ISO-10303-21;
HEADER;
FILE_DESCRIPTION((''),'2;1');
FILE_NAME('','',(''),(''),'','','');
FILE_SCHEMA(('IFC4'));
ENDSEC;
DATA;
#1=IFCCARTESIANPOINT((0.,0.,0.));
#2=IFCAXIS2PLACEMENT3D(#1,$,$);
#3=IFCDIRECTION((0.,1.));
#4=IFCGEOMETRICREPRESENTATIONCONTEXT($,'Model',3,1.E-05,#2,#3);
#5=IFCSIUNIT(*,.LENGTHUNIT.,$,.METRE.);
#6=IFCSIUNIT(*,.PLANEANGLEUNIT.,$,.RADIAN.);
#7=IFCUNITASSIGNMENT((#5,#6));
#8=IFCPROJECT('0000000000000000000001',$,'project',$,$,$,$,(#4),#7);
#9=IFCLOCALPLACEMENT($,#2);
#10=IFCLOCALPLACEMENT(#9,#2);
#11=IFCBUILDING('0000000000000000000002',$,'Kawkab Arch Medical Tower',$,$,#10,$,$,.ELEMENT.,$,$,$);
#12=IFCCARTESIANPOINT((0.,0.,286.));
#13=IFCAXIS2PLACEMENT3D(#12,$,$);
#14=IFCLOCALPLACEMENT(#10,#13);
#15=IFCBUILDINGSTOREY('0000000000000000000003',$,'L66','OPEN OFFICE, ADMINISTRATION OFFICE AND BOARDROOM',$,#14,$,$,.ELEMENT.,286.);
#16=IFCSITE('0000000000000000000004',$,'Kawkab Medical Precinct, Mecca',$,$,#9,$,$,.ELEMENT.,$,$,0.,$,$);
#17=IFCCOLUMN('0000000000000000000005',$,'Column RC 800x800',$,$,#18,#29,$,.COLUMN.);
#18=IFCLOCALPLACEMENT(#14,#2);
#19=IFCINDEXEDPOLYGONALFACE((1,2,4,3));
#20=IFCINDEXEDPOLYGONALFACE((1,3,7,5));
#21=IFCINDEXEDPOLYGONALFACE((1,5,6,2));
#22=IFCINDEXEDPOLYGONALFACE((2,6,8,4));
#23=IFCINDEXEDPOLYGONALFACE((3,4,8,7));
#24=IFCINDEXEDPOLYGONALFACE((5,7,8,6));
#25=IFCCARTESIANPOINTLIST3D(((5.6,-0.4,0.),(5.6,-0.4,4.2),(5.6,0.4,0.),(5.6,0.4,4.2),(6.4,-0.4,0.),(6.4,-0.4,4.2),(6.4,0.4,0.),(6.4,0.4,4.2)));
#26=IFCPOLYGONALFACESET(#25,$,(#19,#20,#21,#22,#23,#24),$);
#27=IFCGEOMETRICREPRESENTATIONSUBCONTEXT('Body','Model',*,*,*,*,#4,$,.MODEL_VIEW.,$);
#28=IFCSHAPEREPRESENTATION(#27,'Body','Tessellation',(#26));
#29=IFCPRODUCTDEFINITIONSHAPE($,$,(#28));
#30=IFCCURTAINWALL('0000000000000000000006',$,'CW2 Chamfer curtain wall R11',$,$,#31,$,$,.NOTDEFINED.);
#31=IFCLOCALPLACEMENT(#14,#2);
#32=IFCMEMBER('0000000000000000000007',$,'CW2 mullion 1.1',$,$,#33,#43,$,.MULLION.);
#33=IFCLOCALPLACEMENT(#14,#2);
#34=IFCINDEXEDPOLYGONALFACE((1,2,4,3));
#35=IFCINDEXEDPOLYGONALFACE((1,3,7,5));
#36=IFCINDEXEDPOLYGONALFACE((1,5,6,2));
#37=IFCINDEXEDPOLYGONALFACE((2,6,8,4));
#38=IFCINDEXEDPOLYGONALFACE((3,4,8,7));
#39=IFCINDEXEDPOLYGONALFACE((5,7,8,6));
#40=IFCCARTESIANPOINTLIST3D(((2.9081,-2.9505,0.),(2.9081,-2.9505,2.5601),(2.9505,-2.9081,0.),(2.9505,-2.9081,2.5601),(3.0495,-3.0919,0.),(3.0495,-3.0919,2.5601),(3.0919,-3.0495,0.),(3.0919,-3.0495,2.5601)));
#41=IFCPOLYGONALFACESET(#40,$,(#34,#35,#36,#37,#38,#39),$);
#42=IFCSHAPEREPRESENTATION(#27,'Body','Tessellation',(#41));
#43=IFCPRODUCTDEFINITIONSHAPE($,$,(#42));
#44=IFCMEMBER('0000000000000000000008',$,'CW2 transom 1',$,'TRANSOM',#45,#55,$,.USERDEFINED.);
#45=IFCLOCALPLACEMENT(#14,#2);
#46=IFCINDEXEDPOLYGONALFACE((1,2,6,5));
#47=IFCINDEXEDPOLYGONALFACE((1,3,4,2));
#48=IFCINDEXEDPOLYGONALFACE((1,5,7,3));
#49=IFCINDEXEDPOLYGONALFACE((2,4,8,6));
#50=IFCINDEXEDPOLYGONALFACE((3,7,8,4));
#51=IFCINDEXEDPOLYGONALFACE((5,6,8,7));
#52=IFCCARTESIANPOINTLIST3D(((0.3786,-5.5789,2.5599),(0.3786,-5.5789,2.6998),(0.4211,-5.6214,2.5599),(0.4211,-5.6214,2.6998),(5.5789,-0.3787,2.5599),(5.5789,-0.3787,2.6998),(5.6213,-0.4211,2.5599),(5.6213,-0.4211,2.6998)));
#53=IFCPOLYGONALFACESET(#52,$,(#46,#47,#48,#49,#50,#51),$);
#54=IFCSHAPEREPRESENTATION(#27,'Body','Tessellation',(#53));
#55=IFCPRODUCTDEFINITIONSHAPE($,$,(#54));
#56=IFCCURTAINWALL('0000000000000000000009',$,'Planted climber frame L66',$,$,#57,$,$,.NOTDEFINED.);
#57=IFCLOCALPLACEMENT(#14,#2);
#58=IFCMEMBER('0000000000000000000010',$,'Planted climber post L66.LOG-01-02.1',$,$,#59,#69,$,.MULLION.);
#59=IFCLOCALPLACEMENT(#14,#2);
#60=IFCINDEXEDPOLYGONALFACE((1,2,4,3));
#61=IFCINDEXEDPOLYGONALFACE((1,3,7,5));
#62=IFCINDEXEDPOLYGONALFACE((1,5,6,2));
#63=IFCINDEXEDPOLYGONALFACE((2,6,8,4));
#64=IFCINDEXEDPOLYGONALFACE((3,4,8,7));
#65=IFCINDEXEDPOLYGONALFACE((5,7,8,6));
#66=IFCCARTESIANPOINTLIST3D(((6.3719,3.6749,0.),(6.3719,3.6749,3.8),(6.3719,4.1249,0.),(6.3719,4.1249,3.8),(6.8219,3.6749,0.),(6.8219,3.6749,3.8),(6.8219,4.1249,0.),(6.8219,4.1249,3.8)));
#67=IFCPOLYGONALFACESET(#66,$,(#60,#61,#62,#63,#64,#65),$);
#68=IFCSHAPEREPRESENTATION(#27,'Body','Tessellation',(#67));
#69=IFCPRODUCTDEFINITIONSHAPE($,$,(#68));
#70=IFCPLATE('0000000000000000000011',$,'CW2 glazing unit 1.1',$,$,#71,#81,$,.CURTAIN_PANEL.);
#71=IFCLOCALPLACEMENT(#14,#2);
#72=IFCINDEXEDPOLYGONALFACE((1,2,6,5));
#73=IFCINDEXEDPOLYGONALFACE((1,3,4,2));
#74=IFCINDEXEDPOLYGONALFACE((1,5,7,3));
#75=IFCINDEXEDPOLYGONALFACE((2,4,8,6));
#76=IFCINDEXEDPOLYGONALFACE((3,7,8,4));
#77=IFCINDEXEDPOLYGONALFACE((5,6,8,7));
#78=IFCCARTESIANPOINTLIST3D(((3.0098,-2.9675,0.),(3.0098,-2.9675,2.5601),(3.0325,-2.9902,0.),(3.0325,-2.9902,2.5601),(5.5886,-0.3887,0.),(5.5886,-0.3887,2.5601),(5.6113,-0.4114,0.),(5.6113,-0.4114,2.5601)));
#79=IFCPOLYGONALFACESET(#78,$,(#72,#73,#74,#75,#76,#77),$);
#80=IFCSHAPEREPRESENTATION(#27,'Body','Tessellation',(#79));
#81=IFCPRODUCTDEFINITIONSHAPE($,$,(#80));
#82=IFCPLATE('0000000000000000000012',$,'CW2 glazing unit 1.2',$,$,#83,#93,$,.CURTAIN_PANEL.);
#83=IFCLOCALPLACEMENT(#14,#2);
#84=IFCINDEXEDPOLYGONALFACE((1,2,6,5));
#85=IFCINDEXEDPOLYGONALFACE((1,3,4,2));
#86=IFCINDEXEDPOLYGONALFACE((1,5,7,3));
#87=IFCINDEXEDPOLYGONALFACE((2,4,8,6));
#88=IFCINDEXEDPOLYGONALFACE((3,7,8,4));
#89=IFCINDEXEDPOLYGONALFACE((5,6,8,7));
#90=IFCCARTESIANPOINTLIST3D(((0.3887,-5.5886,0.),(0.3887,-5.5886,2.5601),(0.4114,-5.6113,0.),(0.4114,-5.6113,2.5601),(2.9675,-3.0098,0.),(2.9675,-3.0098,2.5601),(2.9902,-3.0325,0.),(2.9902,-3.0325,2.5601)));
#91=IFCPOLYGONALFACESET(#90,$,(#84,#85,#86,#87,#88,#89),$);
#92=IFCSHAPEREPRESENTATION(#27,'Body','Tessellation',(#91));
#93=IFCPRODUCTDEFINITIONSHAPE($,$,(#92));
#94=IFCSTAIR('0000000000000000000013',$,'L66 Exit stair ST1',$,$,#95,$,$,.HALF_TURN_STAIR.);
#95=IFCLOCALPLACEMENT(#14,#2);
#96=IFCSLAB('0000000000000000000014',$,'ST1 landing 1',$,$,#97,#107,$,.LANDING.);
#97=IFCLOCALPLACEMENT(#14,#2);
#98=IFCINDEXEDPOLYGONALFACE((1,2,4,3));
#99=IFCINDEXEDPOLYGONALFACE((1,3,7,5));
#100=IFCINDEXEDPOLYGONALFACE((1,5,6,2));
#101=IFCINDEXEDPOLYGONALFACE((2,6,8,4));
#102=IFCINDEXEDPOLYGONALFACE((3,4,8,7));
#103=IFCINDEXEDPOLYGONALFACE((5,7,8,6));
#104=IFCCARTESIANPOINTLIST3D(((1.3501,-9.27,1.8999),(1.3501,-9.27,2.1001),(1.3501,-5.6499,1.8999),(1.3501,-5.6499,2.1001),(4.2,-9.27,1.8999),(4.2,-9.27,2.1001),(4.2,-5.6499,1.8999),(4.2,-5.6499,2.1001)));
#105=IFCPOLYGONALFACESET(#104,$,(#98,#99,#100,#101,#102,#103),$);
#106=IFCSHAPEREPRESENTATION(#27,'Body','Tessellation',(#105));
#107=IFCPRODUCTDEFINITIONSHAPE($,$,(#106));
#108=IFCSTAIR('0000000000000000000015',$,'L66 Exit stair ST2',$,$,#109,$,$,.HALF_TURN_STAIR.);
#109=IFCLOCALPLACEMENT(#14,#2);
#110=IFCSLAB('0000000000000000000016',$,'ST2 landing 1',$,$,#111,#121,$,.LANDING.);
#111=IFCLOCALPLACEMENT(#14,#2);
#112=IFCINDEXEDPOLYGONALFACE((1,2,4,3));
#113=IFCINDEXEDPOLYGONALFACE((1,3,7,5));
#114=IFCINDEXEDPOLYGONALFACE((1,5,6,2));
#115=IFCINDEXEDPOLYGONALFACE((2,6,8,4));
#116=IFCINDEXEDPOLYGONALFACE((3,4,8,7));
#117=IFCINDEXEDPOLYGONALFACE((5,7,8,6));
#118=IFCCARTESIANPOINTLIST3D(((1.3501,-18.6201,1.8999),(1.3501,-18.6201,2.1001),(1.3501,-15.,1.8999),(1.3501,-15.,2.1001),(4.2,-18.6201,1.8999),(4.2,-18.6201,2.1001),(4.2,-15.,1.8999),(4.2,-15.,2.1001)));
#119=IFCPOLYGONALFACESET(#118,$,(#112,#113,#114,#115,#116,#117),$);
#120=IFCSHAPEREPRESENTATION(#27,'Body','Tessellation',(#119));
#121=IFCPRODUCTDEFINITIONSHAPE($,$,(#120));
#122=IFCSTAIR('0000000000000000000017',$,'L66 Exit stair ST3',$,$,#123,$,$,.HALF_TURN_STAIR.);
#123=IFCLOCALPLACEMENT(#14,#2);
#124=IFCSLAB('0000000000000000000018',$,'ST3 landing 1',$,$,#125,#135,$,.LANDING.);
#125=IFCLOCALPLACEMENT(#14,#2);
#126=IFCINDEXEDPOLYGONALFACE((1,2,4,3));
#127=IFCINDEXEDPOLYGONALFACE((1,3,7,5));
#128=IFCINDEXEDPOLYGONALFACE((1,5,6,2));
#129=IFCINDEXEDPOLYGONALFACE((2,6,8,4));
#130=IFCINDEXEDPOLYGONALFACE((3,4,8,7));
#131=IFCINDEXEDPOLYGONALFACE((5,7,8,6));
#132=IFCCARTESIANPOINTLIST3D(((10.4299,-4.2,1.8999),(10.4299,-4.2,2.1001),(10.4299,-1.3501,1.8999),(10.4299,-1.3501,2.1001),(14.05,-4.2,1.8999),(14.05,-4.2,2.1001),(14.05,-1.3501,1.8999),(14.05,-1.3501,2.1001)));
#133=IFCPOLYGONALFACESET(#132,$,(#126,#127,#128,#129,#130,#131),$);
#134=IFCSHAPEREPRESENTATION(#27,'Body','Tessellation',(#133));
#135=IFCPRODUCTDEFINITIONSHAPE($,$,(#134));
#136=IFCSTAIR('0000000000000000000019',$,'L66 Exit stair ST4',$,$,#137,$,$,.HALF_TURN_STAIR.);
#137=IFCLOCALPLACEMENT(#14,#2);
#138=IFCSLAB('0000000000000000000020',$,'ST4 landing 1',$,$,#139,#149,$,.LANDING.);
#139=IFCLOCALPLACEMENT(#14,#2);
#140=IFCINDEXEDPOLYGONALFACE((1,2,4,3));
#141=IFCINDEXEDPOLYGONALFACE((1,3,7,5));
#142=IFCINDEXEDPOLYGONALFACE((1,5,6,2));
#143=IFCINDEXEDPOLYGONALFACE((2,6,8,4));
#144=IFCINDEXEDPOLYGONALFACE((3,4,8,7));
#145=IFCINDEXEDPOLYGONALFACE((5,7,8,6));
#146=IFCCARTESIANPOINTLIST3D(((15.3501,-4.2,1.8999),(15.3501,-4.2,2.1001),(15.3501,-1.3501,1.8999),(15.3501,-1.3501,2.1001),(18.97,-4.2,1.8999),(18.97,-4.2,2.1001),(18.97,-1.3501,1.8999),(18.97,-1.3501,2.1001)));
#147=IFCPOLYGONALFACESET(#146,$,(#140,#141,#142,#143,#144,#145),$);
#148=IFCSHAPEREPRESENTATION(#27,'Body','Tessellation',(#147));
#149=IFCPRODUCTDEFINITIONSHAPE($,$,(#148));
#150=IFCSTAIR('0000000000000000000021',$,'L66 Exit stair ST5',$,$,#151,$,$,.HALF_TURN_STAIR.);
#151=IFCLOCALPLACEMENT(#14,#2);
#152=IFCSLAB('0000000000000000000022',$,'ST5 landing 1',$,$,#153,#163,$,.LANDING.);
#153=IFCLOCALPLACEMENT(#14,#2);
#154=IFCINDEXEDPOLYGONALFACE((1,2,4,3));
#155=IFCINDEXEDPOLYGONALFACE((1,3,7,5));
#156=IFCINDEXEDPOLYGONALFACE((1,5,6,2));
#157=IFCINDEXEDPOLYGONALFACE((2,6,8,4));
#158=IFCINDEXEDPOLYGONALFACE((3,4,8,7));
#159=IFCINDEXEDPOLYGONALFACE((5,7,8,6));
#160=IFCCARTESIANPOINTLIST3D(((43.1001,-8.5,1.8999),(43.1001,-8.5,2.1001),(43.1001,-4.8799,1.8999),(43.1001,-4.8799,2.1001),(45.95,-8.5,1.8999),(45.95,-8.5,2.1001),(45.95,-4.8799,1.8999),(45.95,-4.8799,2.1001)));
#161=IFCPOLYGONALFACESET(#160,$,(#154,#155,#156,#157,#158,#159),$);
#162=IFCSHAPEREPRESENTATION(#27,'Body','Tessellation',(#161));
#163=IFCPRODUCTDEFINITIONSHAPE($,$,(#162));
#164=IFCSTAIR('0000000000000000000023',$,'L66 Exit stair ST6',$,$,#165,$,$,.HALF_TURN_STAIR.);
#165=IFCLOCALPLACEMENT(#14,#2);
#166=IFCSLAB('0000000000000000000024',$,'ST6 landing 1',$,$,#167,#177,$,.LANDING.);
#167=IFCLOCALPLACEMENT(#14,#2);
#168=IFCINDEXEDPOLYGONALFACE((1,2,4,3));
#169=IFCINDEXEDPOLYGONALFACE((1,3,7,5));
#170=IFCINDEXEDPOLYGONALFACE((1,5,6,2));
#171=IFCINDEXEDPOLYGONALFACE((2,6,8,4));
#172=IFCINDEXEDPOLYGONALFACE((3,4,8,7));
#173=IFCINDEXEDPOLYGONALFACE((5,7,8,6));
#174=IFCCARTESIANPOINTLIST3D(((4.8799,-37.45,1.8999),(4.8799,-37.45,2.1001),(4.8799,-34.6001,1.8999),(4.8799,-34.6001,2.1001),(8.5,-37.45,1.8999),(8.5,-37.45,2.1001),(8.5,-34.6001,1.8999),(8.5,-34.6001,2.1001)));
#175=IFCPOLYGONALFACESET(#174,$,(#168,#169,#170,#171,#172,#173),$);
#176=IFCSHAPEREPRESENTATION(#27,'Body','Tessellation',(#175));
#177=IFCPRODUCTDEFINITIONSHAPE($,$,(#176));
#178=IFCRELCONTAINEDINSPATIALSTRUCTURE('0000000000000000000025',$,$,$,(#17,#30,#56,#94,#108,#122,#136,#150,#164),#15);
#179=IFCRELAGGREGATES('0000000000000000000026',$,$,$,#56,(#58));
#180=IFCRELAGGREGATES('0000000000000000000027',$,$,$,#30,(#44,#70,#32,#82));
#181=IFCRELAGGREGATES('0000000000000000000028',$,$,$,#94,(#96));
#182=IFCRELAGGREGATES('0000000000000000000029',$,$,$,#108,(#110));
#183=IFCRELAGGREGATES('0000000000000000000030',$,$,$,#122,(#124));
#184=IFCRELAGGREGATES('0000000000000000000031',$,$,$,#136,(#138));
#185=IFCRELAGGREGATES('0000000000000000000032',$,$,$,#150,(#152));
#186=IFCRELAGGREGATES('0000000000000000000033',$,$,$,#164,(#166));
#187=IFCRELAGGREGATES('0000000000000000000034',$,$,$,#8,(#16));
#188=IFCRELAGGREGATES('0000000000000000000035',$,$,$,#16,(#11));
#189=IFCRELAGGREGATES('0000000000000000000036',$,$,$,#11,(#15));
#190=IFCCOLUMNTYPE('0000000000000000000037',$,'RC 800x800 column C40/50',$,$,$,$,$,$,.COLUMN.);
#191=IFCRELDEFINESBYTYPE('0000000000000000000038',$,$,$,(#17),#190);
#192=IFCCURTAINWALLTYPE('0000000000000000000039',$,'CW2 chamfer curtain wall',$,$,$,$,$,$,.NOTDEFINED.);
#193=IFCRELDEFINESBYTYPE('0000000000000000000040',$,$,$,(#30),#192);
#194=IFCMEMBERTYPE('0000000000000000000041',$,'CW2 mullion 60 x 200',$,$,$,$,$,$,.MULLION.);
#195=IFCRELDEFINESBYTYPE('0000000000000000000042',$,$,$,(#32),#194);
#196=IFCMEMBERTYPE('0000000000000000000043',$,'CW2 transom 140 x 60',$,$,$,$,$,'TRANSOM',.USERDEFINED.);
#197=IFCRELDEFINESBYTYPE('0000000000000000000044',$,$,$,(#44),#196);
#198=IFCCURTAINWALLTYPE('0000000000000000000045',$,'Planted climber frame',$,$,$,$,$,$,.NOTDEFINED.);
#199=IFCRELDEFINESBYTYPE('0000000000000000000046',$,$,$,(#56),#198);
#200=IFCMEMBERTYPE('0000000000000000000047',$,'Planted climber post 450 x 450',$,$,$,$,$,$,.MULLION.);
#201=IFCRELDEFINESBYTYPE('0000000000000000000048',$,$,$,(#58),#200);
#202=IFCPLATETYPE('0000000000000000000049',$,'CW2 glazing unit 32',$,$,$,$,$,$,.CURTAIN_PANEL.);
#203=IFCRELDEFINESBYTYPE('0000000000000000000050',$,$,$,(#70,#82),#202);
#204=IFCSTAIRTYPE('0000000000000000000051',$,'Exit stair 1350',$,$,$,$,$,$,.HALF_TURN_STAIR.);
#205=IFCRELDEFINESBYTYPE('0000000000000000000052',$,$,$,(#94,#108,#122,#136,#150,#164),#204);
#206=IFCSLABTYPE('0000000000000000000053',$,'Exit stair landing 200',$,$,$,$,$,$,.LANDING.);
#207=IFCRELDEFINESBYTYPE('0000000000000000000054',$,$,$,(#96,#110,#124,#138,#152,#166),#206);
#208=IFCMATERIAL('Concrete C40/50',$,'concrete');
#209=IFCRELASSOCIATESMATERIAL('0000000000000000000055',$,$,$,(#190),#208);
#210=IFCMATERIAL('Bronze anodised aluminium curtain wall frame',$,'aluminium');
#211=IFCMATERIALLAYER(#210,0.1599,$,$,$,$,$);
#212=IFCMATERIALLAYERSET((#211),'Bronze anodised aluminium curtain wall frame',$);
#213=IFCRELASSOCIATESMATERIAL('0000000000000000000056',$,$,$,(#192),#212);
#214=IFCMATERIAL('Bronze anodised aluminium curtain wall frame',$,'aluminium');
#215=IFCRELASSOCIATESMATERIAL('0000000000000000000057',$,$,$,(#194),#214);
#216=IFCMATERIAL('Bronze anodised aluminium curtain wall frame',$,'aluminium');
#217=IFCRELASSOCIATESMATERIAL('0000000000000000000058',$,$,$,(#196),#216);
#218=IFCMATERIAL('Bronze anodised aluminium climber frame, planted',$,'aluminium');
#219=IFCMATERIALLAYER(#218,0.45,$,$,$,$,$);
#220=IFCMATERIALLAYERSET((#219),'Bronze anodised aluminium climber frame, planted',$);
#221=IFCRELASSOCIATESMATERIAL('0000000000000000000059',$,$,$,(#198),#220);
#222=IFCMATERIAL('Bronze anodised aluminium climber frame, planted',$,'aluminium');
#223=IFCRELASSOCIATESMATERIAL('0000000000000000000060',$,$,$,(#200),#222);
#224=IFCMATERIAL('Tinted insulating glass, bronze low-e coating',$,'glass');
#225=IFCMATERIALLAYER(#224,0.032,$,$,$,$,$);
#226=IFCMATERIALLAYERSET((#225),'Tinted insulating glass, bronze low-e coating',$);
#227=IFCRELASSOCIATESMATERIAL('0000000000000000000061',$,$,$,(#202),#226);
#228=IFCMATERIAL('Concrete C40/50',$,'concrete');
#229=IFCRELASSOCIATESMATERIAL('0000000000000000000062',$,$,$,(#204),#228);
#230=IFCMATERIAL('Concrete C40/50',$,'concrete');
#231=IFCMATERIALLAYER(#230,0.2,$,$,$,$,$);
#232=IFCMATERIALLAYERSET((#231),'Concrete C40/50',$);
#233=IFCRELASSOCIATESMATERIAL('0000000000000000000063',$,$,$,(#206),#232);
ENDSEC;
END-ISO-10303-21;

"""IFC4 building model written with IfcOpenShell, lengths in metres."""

from ifc_helpers import new_model, si_unit, direction, frame, origin, origin_2d, place, context, subcontext, project, spatial, polyline, rectangle, outline, extrude, material, layer, layer_set, material_profile, profile_set, type_object, element, aggregate, save


model = new_model("IFC4")

# Units and contexts
model_context = context("Model", 3, precision=1e-05, world=origin(), true_north=direction((0.0, 1.0)))
body_context = subcontext(model_context, "Body", "Model", "MODEL_VIEW")
ifc_project = project(units=[si_unit("LENGTHUNIT", "METRE"), si_unit("PLANEANGLEUNIT", "RADIAN")], contexts=[model_context])

# Site, building, storey
site_placement = place(None, origin())
site = spatial("IfcSite", under=ifc_project, at=site_placement, Name="Kawkab Medical Precinct, Mecca", CompositionType="ELEMENT", RefElevation=0.0)
building_placement = place(site_placement, origin())
building = spatial("IfcBuilding", under=site, at=building_placement, Name="Kawkab Arch Medical Tower", CompositionType="ELEMENT")
storey_placement = place(building_placement, frame((0.0, 0.0, 286.0)))
storey = spatial("IfcBuildingStorey", under=building, at=storey_placement, Name="L66", Description="OPEN OFFICE, ADMINISTRATION OFFICE AND BOARDROOM", CompositionType="ELEMENT", Elevation=286.0)

# Column
ifc_material_1 = material(Name="Concrete C40/50", Category="concrete")
ifc_material_profile_1 = material_profile(ifc_material_1, rectangle(XDim=0.8, YDim=0.8, at=origin_2d()), Name="RC 800x800")
ifc_profile_set_1 = profile_set([ifc_material_profile_1], Name="Concrete C40/50")
column_type = type_object("IfcColumnType", Name="RC 800x800 column C40/50", PredefinedType="COLUMN", material=ifc_profile_set_1)
column_placement = place(storey_placement, frame((6.0, 0.0, 0.0), z_axis=(0.0, 0.0, 1.0), x_axis=(1.0, 0.0, 0.0)))
element("IfcColumn", 1, at=column_placement, inside=storey, type_object=column_type, Name="Column RC 800x800", PredefinedType="COLUMN", context=body_context, shape_type="SweptSolid", body=[
    extrude(rectangle(XDim=0.8, YDim=0.8, at=origin_2d()), origin(), (0.0, 0.0, 1.0), 4.2),
])

# Curtain wall, members
ifc_material_2 = material(Name="Bronze anodised aluminium curtain wall frame", Category="aluminium")
ifc_layer_1 = layer(ifc_material_2, 0.1599)
ifc_layer_set_1 = layer_set([ifc_layer_1], Name="Bronze anodised aluminium curtain wall frame")
curtain_wall_type_1 = type_object("IfcCurtainWallType", Name="CW2 chamfer curtain wall", PredefinedType="NOTDEFINED", material=ifc_layer_set_1)
placement_1 = place(storey_placement, origin())
curtain_wall_1 = element("IfcCurtainWall", 2, at=placement_1, inside=storey, type_object=curtain_wall_type_1, Name="CW2 Chamfer curtain wall R11", PredefinedType="NOTDEFINED")
ifc_material_3 = material(Name="Bronze anodised aluminium curtain wall frame", Category="aluminium")
ifc_material_profile_2 = material_profile(ifc_material_3, rectangle(XDim=0.2, YDim=0.0601, at=origin_2d()), Name="AL 60x200")
ifc_profile_set_2 = profile_set([ifc_material_profile_2], Name="Bronze anodised aluminium curtain wall frame")
member_type_1 = type_object("IfcMemberType", Name="CW2 mullion 60 x 200", PredefinedType="MULLION", material=ifc_profile_set_2)
member_1_placement = place(storey_placement, frame((3.0, -3.0, 0.0), z_axis=(0.0, 0.0, 1.0), x_axis=(0.707107, -0.707107, 0.0)))
member_1 = element("IfcMember", 3, at=member_1_placement, type_object=member_type_1, Name="CW2 mullion 1.1", PredefinedType="MULLION", context=body_context, shape_type="SweptSolid", body=[
    extrude(rectangle(XDim=0.2, YDim=0.0601, at=origin_2d()), origin(), (0.0, 0.0, 1.0), 2.5601),
])
ifc_material_4 = material(Name="Bronze anodised aluminium curtain wall frame", Category="aluminium")
ifc_material_profile_3 = material_profile(ifc_material_4, rectangle(XDim=0.0601, YDim=0.1399, at=origin_2d()), Name="AL 60x140")
ifc_profile_set_3 = profile_set([ifc_material_profile_3], Name="Bronze anodised aluminium curtain wall frame")
member_type_2 = type_object("IfcMemberType", Name="CW2 transom 140 x 60", ElementType="TRANSOM", PredefinedType="USERDEFINED", material=ifc_profile_set_3)
member_2_placement = place(storey_placement, frame((5.6001, -0.3999, 2.6299), z_axis=(-0.707107, -0.707107, 0.0), x_axis=(0.707107, -0.707107, 0.0)))
member_2 = element("IfcMember", 4, at=member_2_placement, type_object=member_type_2, Name="CW2 transom 1", ObjectType="TRANSOM", PredefinedType="USERDEFINED", context=body_context, shape_type="SweptSolid", body=[
    extrude(rectangle(XDim=0.0601, YDim=0.1399, at=origin_2d()), origin(), (0.0, 0.0, 1.0), 7.3542),
])

# Curtain wall, member
ifc_material_5 = material(Name="Bronze anodised aluminium climber frame, planted", Category="aluminium")
ifc_layer_2 = layer(ifc_material_5, 0.45)
ifc_layer_set_2 = layer_set([ifc_layer_2], Name="Bronze anodised aluminium climber frame, planted")
curtain_wall_type_2 = type_object("IfcCurtainWallType", Name="Planted climber frame", PredefinedType="NOTDEFINED", material=ifc_layer_set_2)
curtain_wall_2 = element("IfcCurtainWall", 5, at=placement_1, inside=storey, type_object=curtain_wall_type_2, Name="Planted climber frame L66", PredefinedType="NOTDEFINED")
ifc_material_6 = material(Name="Bronze anodised aluminium climber frame, planted", Category="aluminium")
ifc_material_profile_4 = material_profile(ifc_material_6, rectangle(XDim=0.45, YDim=0.45, at=origin_2d()), Name="Post 450x450")
ifc_profile_set_4 = profile_set([ifc_material_profile_4], Name="Bronze anodised aluminium climber frame, planted")
member_type_3 = type_object("IfcMemberType", Name="Planted climber post 450 x 450", PredefinedType="MULLION", material=ifc_profile_set_4)
member_3_placement = place(storey_placement, frame((6.5969, 3.8999, 0.0), z_axis=(0.0, 0.0, 1.0), x_axis=(1.0, 0.0, 0.0)))
member_3 = element("IfcMember", 6, at=member_3_placement, type_object=member_type_3, Name="Planted climber post L66.LOG-01-02.1", PredefinedType="MULLION", context=body_context, shape_type="SweptSolid", body=[
    extrude(rectangle(XDim=0.45, YDim=0.45, at=origin_2d()), origin(), (0.0, 0.0, 1.0), 3.8),
])
aggregate(curtain_wall_2, [member_3])

# Plates
ifc_material_7 = material(Name="Tinted insulating glass, bronze low-e coating", Category="glass")
ifc_layer_3 = layer(ifc_material_7, 0.032)
ifc_layer_set_3 = layer_set([ifc_layer_3], Name="Tinted insulating glass, bronze low-e coating")
plate_type = type_object("IfcPlateType", Name="CW2 glazing unit 32", PredefinedType="CURTAIN_PANEL", material=ifc_layer_set_3)
plate_1_placement = place(storey_placement, frame((4.3105, -1.6895, 0.0), z_axis=(0.0, 0.0, 1.0), x_axis=(-0.707107, -0.707107, 0.0)))
plate_1 = element("IfcPlate", 7, at=plate_1_placement, type_object=plate_type, Name="CW2 glazing unit 1.1", PredefinedType="CURTAIN_PANEL", context=body_context, shape_type="SweptSolid", body=[
    extrude(rectangle(XDim=3.647, YDim=0.032, at=origin_2d()), origin(), (0.0, 0.0, 1.0), 2.5601),
])
plate_2_placement = place(storey_placement, frame((1.6895, -4.3105, 0.0), z_axis=(0.0, 0.0, 1.0), x_axis=(-0.707107, -0.707107, 0.0)))
plate_2 = element("IfcPlate", 8, at=plate_2_placement, type_object=plate_type, Name="CW2 glazing unit 1.2", PredefinedType="CURTAIN_PANEL", context=body_context, shape_type="SweptSolid", body=[
    extrude(rectangle(XDim=3.647, YDim=0.032, at=origin_2d()), origin(), (0.0, 0.0, 1.0), 2.5601),
])
aggregate(curtain_wall_1, [member_2, plate_1, member_1, plate_2])

# Stairs, slabs
ifc_material_8 = material(Name="Concrete C40/50", Category="concrete")
stair_type = type_object("IfcStairType", Name="Exit stair 1350", PredefinedType="HALF_TURN_STAIR", material=ifc_material_8)
stair_1 = element("IfcStair", 9, at=placement_1, inside=storey, type_object=stair_type, Name="L66 Exit stair ST1", PredefinedType="HALF_TURN_STAIR")
ifc_material_9 = material(Name="Concrete C40/50", Category="concrete")
ifc_layer_4 = layer(ifc_material_9, 0.2)
ifc_layer_set_4 = layer_set([ifc_layer_4], Name="Concrete C40/50")
slab_type_1 = type_object("IfcSlabType", Name="Exit stair landing 200", PredefinedType="LANDING", material=ifc_layer_set_4)
placement_2 = place(storey_placement, frame((0.0, 0.0, 1.8999)))
slab_1 = element("IfcSlab", 10, at=placement_2, type_object=slab_type_1, Name="ST1 landing 1", PredefinedType="LANDING", context=body_context, shape_type="SweptSolid", body=[
    extrude(outline(polyline([(4.2, -9.27), (4.2, -5.6499), (1.3501, -5.6499), (1.3501, -9.27), (4.2, -9.27)])), origin(), (0.0, 0.0, 1.0), 0.2002),
])
aggregate(stair_1, [slab_1])
stair_2 = element("IfcStair", 11, at=placement_1, inside=storey, type_object=stair_type, Name="L66 Exit stair ST2", PredefinedType="HALF_TURN_STAIR")
slab_2 = element("IfcSlab", 12, at=placement_2, type_object=slab_type_1, Name="ST2 landing 1", PredefinedType="LANDING", context=body_context, shape_type="SweptSolid", body=[
    extrude(outline(polyline([(4.2, -18.6201), (4.2, -15.0), (1.3501, -15.0), (1.3501, -18.6201), (4.2, -18.6201)])), origin(), (0.0, 0.0, 1.0), 0.2002),
])
aggregate(stair_2, [slab_2])
stair_3 = element("IfcStair", 13, at=placement_1, inside=storey, type_object=stair_type, Name="L66 Exit stair ST3", PredefinedType="HALF_TURN_STAIR")
slab_3 = element("IfcSlab", 14, at=placement_2, type_object=slab_type_1, Name="ST3 landing 1", PredefinedType="LANDING", context=body_context, shape_type="SweptSolid", body=[
    extrude(outline(polyline([(10.4299, -4.2), (14.05, -4.2), (14.05, -1.3501), (10.4299, -1.3501), (10.4299, -4.2)])), origin(), (0.0, 0.0, 1.0), 0.2002),
])
aggregate(stair_3, [slab_3])
stair_4 = element("IfcStair", 15, at=placement_1, inside=storey, type_object=stair_type, Name="L66 Exit stair ST4", PredefinedType="HALF_TURN_STAIR")
slab_4 = element("IfcSlab", 16, at=placement_2, type_object=slab_type_1, Name="ST4 landing 1", PredefinedType="LANDING", context=body_context, shape_type="SweptSolid", body=[
    extrude(outline(polyline([(18.97, -1.3501), (15.3501, -1.3501), (15.3501, -4.2), (18.97, -4.2), (18.97, -1.3501)])), origin(), (0.0, 0.0, 1.0), 0.2002),
])
aggregate(stair_4, [slab_4])
stair_5 = element("IfcStair", 17, at=placement_1, inside=storey, type_object=stair_type, Name="L66 Exit stair ST5", PredefinedType="HALF_TURN_STAIR")
slab_5 = element("IfcSlab", 18, at=placement_2, type_object=slab_type_1, Name="ST5 landing 1", PredefinedType="LANDING", context=body_context, shape_type="SweptSolid", body=[
    extrude(outline(polyline([(43.1001, -4.8799), (43.1001, -8.5), (45.95, -8.5), (45.95, -4.8799), (43.1001, -4.8799)])), origin(), (0.0, 0.0, 1.0), 0.2002),
])
aggregate(stair_5, [slab_5])
stair_6 = element("IfcStair", 19, at=placement_1, inside=storey, type_object=stair_type, Name="L66 Exit stair ST6", PredefinedType="HALF_TURN_STAIR")
slab_6 = element("IfcSlab", 20, at=placement_2, type_object=slab_type_1, Name="ST6 landing 1", PredefinedType="LANDING", context=body_context, shape_type="SweptSolid", body=[
    extrude(outline(polyline([(4.8799, -37.45), (8.5, -37.45), (8.5, -34.6001), (4.8799, -34.6001), (4.8799, -37.45)])), origin(), (0.0, 0.0, 1.0), 0.2002),
])
aggregate(stair_6, [slab_6])

save(model, "model.ifc")
